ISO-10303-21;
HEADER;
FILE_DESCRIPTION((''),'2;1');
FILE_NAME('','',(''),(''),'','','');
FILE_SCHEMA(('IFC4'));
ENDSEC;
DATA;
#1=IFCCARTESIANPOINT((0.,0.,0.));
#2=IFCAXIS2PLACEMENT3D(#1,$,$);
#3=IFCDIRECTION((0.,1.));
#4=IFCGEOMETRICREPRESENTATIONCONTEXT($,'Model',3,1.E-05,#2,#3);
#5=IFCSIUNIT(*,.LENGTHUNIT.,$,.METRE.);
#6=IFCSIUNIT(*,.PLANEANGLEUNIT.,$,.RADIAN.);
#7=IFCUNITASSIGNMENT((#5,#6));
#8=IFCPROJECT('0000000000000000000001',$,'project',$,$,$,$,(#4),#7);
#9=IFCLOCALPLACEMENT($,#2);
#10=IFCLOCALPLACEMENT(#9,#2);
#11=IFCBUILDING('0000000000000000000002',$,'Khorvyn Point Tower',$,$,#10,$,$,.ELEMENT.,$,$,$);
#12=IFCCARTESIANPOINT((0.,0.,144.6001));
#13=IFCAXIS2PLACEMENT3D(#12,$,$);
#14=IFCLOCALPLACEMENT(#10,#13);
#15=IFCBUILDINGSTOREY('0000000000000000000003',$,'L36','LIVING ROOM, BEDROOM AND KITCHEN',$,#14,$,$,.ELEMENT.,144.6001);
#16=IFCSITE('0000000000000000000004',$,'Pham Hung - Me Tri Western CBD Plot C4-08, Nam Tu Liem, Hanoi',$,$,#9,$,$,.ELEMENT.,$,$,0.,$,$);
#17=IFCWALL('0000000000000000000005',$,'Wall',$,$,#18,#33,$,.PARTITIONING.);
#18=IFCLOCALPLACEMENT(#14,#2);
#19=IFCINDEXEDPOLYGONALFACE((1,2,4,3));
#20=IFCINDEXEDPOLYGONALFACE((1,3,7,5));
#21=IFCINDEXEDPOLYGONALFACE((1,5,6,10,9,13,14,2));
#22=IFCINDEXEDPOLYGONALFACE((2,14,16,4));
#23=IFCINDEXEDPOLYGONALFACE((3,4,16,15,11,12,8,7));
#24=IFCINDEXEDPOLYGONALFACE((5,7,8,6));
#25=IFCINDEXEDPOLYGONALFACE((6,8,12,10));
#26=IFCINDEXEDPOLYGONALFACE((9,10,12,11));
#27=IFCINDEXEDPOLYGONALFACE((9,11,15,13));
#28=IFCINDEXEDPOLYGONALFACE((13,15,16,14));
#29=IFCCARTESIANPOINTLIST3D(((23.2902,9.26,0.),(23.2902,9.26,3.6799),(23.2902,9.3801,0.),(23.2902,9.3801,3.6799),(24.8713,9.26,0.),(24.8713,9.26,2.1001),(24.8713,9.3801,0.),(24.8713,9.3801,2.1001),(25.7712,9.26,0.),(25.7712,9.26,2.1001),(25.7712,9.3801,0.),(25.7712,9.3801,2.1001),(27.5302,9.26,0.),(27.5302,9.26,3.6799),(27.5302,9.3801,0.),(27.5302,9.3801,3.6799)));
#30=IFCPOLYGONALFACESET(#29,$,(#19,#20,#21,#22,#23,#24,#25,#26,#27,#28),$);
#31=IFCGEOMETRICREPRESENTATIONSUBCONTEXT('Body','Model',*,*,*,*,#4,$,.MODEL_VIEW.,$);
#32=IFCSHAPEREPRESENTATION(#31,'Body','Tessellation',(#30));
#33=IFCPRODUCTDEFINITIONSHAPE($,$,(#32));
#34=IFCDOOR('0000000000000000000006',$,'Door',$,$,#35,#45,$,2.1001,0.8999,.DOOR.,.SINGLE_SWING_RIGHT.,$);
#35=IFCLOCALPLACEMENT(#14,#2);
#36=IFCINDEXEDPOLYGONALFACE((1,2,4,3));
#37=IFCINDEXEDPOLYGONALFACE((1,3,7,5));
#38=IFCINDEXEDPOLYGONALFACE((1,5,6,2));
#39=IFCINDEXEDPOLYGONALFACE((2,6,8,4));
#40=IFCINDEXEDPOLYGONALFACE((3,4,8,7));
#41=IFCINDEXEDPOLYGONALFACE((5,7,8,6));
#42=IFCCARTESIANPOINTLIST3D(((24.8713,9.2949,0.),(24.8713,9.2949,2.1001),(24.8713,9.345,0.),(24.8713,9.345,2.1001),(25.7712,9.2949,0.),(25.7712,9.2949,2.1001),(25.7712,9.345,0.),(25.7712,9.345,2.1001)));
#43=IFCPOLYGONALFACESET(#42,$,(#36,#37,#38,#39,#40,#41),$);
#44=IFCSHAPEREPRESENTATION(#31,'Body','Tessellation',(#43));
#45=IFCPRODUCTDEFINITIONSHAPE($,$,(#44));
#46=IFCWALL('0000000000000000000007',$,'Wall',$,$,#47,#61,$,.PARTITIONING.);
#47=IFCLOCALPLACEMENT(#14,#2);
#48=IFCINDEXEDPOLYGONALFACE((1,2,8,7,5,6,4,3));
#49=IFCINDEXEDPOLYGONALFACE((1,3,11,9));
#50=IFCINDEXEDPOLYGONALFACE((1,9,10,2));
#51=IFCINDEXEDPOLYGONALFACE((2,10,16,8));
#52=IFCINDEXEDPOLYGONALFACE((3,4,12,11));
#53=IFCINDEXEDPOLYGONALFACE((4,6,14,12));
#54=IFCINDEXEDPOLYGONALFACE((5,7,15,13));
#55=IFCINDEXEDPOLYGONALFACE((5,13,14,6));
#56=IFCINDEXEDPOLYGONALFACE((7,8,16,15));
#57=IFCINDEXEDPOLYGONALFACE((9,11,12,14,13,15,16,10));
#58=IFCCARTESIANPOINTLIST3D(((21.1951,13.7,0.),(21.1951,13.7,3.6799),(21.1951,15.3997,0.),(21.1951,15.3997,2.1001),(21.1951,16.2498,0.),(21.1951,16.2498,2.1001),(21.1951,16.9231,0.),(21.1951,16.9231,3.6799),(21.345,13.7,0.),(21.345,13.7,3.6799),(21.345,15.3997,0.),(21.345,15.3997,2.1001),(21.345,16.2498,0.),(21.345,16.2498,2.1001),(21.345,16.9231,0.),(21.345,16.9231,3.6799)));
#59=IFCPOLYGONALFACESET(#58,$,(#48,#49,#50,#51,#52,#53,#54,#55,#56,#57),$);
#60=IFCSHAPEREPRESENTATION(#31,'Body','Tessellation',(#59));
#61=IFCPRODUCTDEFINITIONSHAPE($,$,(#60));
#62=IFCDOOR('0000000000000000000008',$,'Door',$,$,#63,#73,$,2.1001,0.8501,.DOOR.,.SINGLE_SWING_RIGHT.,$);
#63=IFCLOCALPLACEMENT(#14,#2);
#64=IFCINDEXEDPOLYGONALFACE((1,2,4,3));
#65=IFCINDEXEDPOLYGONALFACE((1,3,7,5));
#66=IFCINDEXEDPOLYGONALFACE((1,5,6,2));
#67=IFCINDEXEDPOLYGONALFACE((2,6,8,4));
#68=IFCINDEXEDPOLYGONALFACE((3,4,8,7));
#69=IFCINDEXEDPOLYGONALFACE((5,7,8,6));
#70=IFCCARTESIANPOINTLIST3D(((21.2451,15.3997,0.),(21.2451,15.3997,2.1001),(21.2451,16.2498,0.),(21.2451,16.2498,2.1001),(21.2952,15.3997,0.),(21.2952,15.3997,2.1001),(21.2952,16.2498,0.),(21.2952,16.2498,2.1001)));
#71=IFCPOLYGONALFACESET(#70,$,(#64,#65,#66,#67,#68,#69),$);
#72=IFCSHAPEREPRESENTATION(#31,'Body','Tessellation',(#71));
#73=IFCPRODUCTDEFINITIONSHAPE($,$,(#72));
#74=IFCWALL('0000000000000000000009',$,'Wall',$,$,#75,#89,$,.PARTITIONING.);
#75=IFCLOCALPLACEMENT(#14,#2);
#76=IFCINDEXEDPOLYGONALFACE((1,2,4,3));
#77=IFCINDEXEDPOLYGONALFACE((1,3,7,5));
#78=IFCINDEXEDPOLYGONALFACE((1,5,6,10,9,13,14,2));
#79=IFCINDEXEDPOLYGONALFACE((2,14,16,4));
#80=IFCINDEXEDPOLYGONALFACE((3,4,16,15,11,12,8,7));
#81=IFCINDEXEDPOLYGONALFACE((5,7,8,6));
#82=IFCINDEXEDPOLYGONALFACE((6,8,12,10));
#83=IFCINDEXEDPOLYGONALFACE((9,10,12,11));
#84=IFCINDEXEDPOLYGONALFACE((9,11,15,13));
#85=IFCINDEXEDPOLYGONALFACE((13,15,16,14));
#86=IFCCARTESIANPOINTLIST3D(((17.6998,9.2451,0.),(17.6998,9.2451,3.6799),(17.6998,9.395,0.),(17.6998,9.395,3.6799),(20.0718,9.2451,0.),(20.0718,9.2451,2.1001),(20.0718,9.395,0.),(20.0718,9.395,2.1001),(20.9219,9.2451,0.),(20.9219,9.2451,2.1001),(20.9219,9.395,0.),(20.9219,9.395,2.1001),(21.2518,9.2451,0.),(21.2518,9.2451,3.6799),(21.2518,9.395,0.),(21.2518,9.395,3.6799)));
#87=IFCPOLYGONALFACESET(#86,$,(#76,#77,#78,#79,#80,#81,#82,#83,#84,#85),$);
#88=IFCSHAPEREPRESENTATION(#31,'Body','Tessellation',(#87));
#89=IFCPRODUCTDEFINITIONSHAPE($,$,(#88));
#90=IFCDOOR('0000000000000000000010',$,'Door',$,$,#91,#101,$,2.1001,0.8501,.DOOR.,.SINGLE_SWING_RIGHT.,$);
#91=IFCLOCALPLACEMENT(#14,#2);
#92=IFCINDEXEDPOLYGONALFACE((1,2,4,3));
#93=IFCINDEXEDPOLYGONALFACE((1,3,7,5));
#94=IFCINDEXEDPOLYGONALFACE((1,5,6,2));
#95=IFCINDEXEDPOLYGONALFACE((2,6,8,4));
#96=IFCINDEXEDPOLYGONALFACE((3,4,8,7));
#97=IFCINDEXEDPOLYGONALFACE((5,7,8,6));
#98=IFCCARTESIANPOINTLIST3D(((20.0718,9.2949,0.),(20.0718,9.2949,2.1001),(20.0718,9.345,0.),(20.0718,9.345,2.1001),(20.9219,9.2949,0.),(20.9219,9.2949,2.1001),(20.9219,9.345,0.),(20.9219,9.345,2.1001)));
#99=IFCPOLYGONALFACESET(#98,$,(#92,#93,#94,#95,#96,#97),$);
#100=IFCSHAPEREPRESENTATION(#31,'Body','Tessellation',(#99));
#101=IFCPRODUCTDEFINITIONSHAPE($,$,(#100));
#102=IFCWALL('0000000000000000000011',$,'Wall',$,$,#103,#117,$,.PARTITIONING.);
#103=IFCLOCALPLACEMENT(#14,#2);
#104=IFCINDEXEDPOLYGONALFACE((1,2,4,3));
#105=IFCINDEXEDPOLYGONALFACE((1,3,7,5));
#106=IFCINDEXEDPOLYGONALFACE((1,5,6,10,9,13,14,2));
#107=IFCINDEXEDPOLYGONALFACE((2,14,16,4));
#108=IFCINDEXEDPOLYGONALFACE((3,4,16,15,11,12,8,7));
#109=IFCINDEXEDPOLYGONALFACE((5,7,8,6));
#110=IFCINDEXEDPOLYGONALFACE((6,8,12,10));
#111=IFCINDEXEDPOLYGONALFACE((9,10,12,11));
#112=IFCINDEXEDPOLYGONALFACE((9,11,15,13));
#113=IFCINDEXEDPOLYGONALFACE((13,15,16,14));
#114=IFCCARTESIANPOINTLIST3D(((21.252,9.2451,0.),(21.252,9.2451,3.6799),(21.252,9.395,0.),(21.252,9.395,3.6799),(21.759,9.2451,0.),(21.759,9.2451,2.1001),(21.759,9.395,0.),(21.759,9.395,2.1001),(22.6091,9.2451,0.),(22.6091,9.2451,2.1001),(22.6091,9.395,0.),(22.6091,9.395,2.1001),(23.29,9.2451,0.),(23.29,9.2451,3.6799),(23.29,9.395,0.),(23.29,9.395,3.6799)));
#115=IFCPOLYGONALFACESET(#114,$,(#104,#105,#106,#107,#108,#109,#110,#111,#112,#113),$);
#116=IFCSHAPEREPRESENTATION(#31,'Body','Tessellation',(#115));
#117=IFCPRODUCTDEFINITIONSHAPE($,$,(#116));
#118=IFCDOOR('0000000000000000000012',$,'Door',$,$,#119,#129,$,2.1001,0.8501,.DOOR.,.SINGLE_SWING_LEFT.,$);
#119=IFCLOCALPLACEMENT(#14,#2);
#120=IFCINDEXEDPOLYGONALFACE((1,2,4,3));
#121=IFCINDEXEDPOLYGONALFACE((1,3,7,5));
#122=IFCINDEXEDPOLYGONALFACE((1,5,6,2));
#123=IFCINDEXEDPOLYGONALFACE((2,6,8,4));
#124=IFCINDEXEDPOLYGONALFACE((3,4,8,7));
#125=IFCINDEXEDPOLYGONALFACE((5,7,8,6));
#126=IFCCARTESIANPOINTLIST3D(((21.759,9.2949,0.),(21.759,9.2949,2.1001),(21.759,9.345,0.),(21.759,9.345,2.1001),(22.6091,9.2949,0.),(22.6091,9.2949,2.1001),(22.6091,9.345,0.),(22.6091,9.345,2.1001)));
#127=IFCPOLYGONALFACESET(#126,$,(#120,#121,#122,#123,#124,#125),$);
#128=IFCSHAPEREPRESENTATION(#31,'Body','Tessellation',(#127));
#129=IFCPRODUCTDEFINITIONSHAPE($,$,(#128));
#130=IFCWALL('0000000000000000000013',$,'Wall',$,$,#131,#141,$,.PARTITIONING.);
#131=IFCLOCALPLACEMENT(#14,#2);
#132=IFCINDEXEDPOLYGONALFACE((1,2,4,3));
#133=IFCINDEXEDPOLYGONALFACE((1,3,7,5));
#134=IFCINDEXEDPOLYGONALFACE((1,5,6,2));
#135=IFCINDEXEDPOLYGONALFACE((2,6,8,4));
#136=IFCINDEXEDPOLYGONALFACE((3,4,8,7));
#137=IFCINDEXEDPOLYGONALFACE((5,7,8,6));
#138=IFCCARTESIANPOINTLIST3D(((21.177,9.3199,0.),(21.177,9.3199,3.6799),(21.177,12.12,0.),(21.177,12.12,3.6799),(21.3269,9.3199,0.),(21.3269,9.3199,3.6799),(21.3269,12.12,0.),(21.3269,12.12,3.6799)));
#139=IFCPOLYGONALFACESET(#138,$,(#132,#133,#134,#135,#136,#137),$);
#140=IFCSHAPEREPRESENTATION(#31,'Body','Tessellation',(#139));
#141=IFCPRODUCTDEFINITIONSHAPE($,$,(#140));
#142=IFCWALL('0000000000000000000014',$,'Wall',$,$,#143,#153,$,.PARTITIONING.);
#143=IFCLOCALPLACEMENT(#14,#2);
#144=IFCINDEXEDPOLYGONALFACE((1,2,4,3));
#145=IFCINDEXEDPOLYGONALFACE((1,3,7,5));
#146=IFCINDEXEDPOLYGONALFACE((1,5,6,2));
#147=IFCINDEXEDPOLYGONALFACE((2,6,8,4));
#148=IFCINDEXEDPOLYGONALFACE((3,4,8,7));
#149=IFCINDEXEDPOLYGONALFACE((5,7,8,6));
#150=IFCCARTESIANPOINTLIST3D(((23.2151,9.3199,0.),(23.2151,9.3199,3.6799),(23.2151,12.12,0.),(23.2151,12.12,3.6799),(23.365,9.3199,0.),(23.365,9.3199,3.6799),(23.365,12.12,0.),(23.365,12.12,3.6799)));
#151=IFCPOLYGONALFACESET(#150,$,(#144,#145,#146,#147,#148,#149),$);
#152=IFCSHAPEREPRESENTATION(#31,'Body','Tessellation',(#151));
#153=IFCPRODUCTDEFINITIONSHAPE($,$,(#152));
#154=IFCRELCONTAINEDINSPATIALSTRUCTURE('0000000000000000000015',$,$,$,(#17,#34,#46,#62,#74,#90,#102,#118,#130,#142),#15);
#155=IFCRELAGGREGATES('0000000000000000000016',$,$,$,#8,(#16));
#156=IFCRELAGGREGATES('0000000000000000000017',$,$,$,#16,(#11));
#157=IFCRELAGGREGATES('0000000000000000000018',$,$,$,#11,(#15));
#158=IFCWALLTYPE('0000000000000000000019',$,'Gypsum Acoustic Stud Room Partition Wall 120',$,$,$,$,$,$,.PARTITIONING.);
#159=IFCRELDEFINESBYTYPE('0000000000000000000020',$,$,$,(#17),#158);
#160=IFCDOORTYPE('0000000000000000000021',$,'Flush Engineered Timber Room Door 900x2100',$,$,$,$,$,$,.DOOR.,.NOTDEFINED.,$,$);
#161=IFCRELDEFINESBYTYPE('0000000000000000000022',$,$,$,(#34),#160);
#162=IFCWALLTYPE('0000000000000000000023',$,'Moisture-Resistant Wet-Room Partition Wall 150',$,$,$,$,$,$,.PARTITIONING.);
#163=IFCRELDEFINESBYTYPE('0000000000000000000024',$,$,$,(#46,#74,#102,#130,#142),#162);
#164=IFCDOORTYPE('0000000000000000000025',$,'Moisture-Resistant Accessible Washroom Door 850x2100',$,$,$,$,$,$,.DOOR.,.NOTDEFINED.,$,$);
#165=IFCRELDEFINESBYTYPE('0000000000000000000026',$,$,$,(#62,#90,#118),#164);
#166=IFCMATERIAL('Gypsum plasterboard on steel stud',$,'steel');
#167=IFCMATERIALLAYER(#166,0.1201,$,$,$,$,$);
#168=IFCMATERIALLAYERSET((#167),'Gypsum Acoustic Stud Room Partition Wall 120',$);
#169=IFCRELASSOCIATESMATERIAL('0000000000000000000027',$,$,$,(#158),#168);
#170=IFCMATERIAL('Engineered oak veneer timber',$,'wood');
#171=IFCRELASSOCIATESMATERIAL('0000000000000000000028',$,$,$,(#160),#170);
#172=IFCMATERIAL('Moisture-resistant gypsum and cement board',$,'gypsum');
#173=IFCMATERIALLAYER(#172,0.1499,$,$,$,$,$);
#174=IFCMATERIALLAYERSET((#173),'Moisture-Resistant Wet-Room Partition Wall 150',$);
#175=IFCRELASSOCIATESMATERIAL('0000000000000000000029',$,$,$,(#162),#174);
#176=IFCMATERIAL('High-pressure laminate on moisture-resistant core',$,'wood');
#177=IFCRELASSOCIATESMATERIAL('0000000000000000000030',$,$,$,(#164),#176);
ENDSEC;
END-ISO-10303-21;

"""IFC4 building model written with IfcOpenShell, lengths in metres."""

from ifc_helpers import new_model, si_unit, direction, frame, frame_2d, origin, place, context, subcontext, project, spatial, rectangle, extrude, material, layer, layer_set, type_object, element, fill, save


model = new_model("IFC4")

# Units and contexts
model_context = context("Model", 3, precision=1e-05, world=origin(), true_north=direction((0.0, 1.0)))
body_context = subcontext(model_context, "Body", "Model", "MODEL_VIEW")
ifc_project = project(units=[si_unit("LENGTHUNIT", "METRE"), si_unit("PLANEANGLEUNIT", "RADIAN")], contexts=[model_context])

# Site, building, storey
site_placement = place(None, origin())
site = spatial("IfcSite", under=ifc_project, at=site_placement, Name="Pham Hung - Me Tri Western CBD Plot C4-08, Nam Tu Liem, Hanoi", CompositionType="ELEMENT", RefElevation=0.0)
building_placement = place(site_placement, origin())
building = spatial("IfcBuilding", under=site, at=building_placement, Name="Khorvyn Point Tower", CompositionType="ELEMENT")
storey_placement = place(building_placement, frame((0.0, 0.0, 144.6001)))
storey = spatial("IfcBuildingStorey", under=building, at=storey_placement, Name="L36", Description="LIVING ROOM, BEDROOM AND KITCHEN", CompositionType="ELEMENT", Elevation=144.6001)

# Walls, openings, doors
ifc_material_1 = material(Name="Gypsum plasterboard on steel stud", Category="steel")
ifc_layer_1 = layer(ifc_material_1, 0.1201)
ifc_layer_set_1 = layer_set([ifc_layer_1], Name="Gypsum Acoustic Stud Room Partition Wall 120")
wall_type_1 = type_object("IfcWallType", Name="Gypsum Acoustic Stud Room Partition Wall 120", PredefinedType="PARTITIONING", material=ifc_layer_set_1)
wall_1_placement = place(storey_placement, frame((23.29, 9.3201, 0.0), z_axis=(0.0, 0.0, 1.0), x_axis=(1.0, 0.0, 0.0)))
wall_1 = element("IfcWall", 1, at=wall_1_placement, inside=storey, type_object=wall_type_1, Name="Wall", PredefinedType="PARTITIONING", context=body_context, shape_type="SweptSolid", body=[
    extrude(rectangle(XDim=4.24, YDim=0.1201, at=frame_2d((2.1201, 0.0))), origin(), (0.0, 0.0, 1.0), 3.6799),
])
opening_1_placement = place(wall_1_placement, frame((1.5813, 0.0, 0.0)))
opening_1 = element("IfcOpeningElement", 2, at=opening_1_placement, cuts=wall_1, PredefinedType="OPENING", context=body_context, shape_type="SweptSolid", body=[
    extrude(rectangle(XDim=0.8999, YDim=2.1001, at=frame_2d((0.45, 1.05))), frame((0.0, 0.0701, 0.0), z_axis=(0.0, -1.0, 0.0), x_axis=(1.0, 0.0, 0.0)), (0.0, 0.0, 1.0), 0.1401),
])
ifc_material_2 = material(Name="Engineered oak veneer timber", Category="wood")
door_type_1 = type_object("IfcDoorType", Name="Flush Engineered Timber Room Door 900x2100", OperationType="NOTDEFINED", PredefinedType="DOOR", material=ifc_material_2)
door_1_placement = place(opening_1_placement, origin())
door_1 = element("IfcDoor", 3, at=door_1_placement, inside=storey, type_object=door_type_1, Name="Door", OperationType="SINGLE_SWING_RIGHT", OverallHeight=2.1001, OverallWidth=0.8999, PredefinedType="DOOR", context=body_context, shape_type="SweptSolid", body=[
    extrude(rectangle(XDim=0.8999, YDim=2.1001, at=frame_2d((0.45, 1.05))), frame((0.0, 0.0249, 0.0), z_axis=(0.0, -1.0, 0.0), x_axis=(1.0, 0.0, 0.0)), (0.0, 0.0, 1.0), 0.05),
])
fill(opening_1, door_1)
ifc_material_3 = material(Name="Moisture-resistant gypsum and cement board", Category="gypsum")
ifc_layer_2 = layer(ifc_material_3, 0.1499)
ifc_layer_set_2 = layer_set([ifc_layer_2], Name="Moisture-Resistant Wet-Room Partition Wall 150")
wall_type_2 = type_object("IfcWallType", Name="Moisture-Resistant Wet-Room Partition Wall 150", PredefinedType="PARTITIONING", material=ifc_layer_set_2)
wall_2_placement = place(storey_placement, frame((21.27, 13.7, 0.0), z_axis=(0.0, 0.0, 1.0), x_axis=(0.0, 1.0, 0.0)))
wall_2 = element("IfcWall", 4, at=wall_2_placement, inside=storey, type_object=wall_type_2, Name="Wall", PredefinedType="PARTITIONING", context=body_context, shape_type="SweptSolid", body=[
    extrude(rectangle(XDim=3.2231, YDim=0.1499, at=frame_2d((1.6116, 0.0))), origin(), (0.0, 0.0, 1.0), 3.6799),
])
opening_2_placement = place(wall_2_placement, frame((1.6997, 0.0, 0.0)))
opening_2 = element("IfcOpeningElement", 5, at=opening_2_placement, cuts=wall_2, PredefinedType="OPENING", context=body_context, shape_type="SweptSolid", body=[
    extrude(rectangle(XDim=0.8501, YDim=2.1001, at=frame_2d((0.425, 1.05))), frame((0.0, 0.085, 0.0), z_axis=(0.0, -1.0, 0.0), x_axis=(1.0, 0.0, 0.0)), (0.0, 0.0, 1.0), 0.1699),
])
ifc_material_4 = material(Name="High-pressure laminate on moisture-resistant core", Category="wood")
door_type_2 = type_object("IfcDoorType", Name="Moisture-Resistant Accessible Washroom Door 850x2100", OperationType="NOTDEFINED", PredefinedType="DOOR", material=ifc_material_4)
door_2_placement = place(opening_2_placement, origin())
door_2 = element("IfcDoor", 6, at=door_2_placement, inside=storey, type_object=door_type_2, Name="Door", OperationType="SINGLE_SWING_RIGHT", OverallHeight=2.1001, OverallWidth=0.8501, PredefinedType="DOOR", context=body_context, shape_type="SweptSolid", body=[
    extrude(rectangle(XDim=0.8501, YDim=2.1001, at=frame_2d((0.425, 1.05))), frame((0.0, 0.0249, 0.0), z_axis=(0.0, -1.0, 0.0), x_axis=(1.0, 0.0, 0.0)), (0.0, 0.0, 1.0), 0.05),
])
fill(opening_2, door_2)
wall_3_placement = place(storey_placement, frame((17.7, 9.3201, 0.0), z_axis=(0.0, 0.0, 1.0), x_axis=(1.0, 0.0, 0.0)))
wall_3 = element("IfcWall", 7, at=wall_3_placement, inside=storey, type_object=wall_type_2, Name="Wall", PredefinedType="PARTITIONING", context=body_context, shape_type="SweptSolid", body=[
    extrude(rectangle(XDim=3.552, YDim=0.1499, at=frame_2d((1.7759, 0.0))), origin(), (0.0, 0.0, 1.0), 3.6799),
])
opening_3_placement = place(wall_3_placement, frame((2.3718, 0.0, 0.0)))
opening_3 = element("IfcOpeningElement", 8, at=opening_3_placement, cuts=wall_3, PredefinedType="OPENING", context=body_context, shape_type="SweptSolid", body=[
    extrude(rectangle(XDim=0.8501, YDim=2.1001, at=frame_2d((0.425, 1.05))), frame((0.0, 0.085, 0.0), z_axis=(0.0, -1.0, 0.0), x_axis=(1.0, 0.0, 0.0)), (0.0, 0.0, 1.0), 0.1699),
])
door_3_placement = place(opening_3_placement, origin())
door_3 = element("IfcDoor", 9, at=door_3_placement, inside=storey, type_object=door_type_2, Name="Door", OperationType="SINGLE_SWING_RIGHT", OverallHeight=2.1001, OverallWidth=0.8501, PredefinedType="DOOR", context=body_context, shape_type="SweptSolid", body=[
    extrude(rectangle(XDim=0.8501, YDim=2.1001, at=frame_2d((0.425, 1.05))), frame((0.0, 0.0249, 0.0), z_axis=(0.0, -1.0, 0.0), x_axis=(1.0, 0.0, 0.0)), (0.0, 0.0, 1.0), 0.05),
])
fill(opening_3, door_3)
wall_4_placement = place(storey_placement, frame((21.252, 9.3201, 0.0), z_axis=(0.0, 0.0, 1.0), x_axis=(1.0, 0.0, 0.0)))
wall_4 = element("IfcWall", 10, at=wall_4_placement, inside=storey, type_object=wall_type_2, Name="Wall", PredefinedType="PARTITIONING", context=body_context, shape_type="SweptSolid", body=[
    extrude(rectangle(XDim=2.0381, YDim=0.1499, at=frame_2d((1.019, 0.0))), origin(), (0.0, 0.0, 1.0), 3.6799),
])
opening_4_placement = place(wall_4_placement, frame((0.5071, 0.0, 0.0)))
opening_4 = element("IfcOpeningElement", 11, at=opening_4_placement, cuts=wall_4, PredefinedType="OPENING", context=body_context, shape_type="SweptSolid", body=[
    extrude(rectangle(XDim=0.8501, YDim=2.1001, at=frame_2d((0.425, 1.05))), frame((0.0, 0.085, 0.0), z_axis=(0.0, -1.0, 0.0), x_axis=(1.0, 0.0, 0.0)), (0.0, 0.0, 1.0), 0.1699),
])
door_4_placement = place(opening_4_placement, origin())
door_4 = element("IfcDoor", 12, at=door_4_placement, inside=storey, type_object=door_type_2, Name="Door", OperationType="SINGLE_SWING_LEFT", OverallHeight=2.1001, OverallWidth=0.8501, PredefinedType="DOOR", context=body_context, shape_type="SweptSolid", body=[
    extrude(rectangle(XDim=0.8501, YDim=2.1001, at=frame_2d((0.425, 1.05))), frame((0.0, 0.0249, 0.0), z_axis=(0.0, -1.0, 0.0), x_axis=(1.0, 0.0, 0.0)), (0.0, 0.0, 1.0), 0.05),
])
fill(opening_4, door_4)

# Walls
for number, where, z_axis, x_axis, name in (
    (13, (21.252, 9.3201, 0.0), (0.0, 0.0, 1.0), (0.0, 1.0, 0.0), "Wall"),
    (14, (23.29, 9.3201, 0.0), (0.0, 0.0, 1.0), (0.0, 1.0, 0.0), "Wall"),
):
    element("IfcWall", number, at=place(storey_placement, frame(where, z_axis=z_axis, x_axis=x_axis)), inside=storey, type_object=wall_type_2, Name=name, PredefinedType="PARTITIONING", context=body_context, shape_type="SweptSolid", body=[
        extrude(rectangle(XDim=2.8, YDim=0.1499, at=frame_2d((1.3999, 0.0))), origin(), (0.0, 0.0, 1.0), 3.6799),
    ])

save(model, "model.ifc")
